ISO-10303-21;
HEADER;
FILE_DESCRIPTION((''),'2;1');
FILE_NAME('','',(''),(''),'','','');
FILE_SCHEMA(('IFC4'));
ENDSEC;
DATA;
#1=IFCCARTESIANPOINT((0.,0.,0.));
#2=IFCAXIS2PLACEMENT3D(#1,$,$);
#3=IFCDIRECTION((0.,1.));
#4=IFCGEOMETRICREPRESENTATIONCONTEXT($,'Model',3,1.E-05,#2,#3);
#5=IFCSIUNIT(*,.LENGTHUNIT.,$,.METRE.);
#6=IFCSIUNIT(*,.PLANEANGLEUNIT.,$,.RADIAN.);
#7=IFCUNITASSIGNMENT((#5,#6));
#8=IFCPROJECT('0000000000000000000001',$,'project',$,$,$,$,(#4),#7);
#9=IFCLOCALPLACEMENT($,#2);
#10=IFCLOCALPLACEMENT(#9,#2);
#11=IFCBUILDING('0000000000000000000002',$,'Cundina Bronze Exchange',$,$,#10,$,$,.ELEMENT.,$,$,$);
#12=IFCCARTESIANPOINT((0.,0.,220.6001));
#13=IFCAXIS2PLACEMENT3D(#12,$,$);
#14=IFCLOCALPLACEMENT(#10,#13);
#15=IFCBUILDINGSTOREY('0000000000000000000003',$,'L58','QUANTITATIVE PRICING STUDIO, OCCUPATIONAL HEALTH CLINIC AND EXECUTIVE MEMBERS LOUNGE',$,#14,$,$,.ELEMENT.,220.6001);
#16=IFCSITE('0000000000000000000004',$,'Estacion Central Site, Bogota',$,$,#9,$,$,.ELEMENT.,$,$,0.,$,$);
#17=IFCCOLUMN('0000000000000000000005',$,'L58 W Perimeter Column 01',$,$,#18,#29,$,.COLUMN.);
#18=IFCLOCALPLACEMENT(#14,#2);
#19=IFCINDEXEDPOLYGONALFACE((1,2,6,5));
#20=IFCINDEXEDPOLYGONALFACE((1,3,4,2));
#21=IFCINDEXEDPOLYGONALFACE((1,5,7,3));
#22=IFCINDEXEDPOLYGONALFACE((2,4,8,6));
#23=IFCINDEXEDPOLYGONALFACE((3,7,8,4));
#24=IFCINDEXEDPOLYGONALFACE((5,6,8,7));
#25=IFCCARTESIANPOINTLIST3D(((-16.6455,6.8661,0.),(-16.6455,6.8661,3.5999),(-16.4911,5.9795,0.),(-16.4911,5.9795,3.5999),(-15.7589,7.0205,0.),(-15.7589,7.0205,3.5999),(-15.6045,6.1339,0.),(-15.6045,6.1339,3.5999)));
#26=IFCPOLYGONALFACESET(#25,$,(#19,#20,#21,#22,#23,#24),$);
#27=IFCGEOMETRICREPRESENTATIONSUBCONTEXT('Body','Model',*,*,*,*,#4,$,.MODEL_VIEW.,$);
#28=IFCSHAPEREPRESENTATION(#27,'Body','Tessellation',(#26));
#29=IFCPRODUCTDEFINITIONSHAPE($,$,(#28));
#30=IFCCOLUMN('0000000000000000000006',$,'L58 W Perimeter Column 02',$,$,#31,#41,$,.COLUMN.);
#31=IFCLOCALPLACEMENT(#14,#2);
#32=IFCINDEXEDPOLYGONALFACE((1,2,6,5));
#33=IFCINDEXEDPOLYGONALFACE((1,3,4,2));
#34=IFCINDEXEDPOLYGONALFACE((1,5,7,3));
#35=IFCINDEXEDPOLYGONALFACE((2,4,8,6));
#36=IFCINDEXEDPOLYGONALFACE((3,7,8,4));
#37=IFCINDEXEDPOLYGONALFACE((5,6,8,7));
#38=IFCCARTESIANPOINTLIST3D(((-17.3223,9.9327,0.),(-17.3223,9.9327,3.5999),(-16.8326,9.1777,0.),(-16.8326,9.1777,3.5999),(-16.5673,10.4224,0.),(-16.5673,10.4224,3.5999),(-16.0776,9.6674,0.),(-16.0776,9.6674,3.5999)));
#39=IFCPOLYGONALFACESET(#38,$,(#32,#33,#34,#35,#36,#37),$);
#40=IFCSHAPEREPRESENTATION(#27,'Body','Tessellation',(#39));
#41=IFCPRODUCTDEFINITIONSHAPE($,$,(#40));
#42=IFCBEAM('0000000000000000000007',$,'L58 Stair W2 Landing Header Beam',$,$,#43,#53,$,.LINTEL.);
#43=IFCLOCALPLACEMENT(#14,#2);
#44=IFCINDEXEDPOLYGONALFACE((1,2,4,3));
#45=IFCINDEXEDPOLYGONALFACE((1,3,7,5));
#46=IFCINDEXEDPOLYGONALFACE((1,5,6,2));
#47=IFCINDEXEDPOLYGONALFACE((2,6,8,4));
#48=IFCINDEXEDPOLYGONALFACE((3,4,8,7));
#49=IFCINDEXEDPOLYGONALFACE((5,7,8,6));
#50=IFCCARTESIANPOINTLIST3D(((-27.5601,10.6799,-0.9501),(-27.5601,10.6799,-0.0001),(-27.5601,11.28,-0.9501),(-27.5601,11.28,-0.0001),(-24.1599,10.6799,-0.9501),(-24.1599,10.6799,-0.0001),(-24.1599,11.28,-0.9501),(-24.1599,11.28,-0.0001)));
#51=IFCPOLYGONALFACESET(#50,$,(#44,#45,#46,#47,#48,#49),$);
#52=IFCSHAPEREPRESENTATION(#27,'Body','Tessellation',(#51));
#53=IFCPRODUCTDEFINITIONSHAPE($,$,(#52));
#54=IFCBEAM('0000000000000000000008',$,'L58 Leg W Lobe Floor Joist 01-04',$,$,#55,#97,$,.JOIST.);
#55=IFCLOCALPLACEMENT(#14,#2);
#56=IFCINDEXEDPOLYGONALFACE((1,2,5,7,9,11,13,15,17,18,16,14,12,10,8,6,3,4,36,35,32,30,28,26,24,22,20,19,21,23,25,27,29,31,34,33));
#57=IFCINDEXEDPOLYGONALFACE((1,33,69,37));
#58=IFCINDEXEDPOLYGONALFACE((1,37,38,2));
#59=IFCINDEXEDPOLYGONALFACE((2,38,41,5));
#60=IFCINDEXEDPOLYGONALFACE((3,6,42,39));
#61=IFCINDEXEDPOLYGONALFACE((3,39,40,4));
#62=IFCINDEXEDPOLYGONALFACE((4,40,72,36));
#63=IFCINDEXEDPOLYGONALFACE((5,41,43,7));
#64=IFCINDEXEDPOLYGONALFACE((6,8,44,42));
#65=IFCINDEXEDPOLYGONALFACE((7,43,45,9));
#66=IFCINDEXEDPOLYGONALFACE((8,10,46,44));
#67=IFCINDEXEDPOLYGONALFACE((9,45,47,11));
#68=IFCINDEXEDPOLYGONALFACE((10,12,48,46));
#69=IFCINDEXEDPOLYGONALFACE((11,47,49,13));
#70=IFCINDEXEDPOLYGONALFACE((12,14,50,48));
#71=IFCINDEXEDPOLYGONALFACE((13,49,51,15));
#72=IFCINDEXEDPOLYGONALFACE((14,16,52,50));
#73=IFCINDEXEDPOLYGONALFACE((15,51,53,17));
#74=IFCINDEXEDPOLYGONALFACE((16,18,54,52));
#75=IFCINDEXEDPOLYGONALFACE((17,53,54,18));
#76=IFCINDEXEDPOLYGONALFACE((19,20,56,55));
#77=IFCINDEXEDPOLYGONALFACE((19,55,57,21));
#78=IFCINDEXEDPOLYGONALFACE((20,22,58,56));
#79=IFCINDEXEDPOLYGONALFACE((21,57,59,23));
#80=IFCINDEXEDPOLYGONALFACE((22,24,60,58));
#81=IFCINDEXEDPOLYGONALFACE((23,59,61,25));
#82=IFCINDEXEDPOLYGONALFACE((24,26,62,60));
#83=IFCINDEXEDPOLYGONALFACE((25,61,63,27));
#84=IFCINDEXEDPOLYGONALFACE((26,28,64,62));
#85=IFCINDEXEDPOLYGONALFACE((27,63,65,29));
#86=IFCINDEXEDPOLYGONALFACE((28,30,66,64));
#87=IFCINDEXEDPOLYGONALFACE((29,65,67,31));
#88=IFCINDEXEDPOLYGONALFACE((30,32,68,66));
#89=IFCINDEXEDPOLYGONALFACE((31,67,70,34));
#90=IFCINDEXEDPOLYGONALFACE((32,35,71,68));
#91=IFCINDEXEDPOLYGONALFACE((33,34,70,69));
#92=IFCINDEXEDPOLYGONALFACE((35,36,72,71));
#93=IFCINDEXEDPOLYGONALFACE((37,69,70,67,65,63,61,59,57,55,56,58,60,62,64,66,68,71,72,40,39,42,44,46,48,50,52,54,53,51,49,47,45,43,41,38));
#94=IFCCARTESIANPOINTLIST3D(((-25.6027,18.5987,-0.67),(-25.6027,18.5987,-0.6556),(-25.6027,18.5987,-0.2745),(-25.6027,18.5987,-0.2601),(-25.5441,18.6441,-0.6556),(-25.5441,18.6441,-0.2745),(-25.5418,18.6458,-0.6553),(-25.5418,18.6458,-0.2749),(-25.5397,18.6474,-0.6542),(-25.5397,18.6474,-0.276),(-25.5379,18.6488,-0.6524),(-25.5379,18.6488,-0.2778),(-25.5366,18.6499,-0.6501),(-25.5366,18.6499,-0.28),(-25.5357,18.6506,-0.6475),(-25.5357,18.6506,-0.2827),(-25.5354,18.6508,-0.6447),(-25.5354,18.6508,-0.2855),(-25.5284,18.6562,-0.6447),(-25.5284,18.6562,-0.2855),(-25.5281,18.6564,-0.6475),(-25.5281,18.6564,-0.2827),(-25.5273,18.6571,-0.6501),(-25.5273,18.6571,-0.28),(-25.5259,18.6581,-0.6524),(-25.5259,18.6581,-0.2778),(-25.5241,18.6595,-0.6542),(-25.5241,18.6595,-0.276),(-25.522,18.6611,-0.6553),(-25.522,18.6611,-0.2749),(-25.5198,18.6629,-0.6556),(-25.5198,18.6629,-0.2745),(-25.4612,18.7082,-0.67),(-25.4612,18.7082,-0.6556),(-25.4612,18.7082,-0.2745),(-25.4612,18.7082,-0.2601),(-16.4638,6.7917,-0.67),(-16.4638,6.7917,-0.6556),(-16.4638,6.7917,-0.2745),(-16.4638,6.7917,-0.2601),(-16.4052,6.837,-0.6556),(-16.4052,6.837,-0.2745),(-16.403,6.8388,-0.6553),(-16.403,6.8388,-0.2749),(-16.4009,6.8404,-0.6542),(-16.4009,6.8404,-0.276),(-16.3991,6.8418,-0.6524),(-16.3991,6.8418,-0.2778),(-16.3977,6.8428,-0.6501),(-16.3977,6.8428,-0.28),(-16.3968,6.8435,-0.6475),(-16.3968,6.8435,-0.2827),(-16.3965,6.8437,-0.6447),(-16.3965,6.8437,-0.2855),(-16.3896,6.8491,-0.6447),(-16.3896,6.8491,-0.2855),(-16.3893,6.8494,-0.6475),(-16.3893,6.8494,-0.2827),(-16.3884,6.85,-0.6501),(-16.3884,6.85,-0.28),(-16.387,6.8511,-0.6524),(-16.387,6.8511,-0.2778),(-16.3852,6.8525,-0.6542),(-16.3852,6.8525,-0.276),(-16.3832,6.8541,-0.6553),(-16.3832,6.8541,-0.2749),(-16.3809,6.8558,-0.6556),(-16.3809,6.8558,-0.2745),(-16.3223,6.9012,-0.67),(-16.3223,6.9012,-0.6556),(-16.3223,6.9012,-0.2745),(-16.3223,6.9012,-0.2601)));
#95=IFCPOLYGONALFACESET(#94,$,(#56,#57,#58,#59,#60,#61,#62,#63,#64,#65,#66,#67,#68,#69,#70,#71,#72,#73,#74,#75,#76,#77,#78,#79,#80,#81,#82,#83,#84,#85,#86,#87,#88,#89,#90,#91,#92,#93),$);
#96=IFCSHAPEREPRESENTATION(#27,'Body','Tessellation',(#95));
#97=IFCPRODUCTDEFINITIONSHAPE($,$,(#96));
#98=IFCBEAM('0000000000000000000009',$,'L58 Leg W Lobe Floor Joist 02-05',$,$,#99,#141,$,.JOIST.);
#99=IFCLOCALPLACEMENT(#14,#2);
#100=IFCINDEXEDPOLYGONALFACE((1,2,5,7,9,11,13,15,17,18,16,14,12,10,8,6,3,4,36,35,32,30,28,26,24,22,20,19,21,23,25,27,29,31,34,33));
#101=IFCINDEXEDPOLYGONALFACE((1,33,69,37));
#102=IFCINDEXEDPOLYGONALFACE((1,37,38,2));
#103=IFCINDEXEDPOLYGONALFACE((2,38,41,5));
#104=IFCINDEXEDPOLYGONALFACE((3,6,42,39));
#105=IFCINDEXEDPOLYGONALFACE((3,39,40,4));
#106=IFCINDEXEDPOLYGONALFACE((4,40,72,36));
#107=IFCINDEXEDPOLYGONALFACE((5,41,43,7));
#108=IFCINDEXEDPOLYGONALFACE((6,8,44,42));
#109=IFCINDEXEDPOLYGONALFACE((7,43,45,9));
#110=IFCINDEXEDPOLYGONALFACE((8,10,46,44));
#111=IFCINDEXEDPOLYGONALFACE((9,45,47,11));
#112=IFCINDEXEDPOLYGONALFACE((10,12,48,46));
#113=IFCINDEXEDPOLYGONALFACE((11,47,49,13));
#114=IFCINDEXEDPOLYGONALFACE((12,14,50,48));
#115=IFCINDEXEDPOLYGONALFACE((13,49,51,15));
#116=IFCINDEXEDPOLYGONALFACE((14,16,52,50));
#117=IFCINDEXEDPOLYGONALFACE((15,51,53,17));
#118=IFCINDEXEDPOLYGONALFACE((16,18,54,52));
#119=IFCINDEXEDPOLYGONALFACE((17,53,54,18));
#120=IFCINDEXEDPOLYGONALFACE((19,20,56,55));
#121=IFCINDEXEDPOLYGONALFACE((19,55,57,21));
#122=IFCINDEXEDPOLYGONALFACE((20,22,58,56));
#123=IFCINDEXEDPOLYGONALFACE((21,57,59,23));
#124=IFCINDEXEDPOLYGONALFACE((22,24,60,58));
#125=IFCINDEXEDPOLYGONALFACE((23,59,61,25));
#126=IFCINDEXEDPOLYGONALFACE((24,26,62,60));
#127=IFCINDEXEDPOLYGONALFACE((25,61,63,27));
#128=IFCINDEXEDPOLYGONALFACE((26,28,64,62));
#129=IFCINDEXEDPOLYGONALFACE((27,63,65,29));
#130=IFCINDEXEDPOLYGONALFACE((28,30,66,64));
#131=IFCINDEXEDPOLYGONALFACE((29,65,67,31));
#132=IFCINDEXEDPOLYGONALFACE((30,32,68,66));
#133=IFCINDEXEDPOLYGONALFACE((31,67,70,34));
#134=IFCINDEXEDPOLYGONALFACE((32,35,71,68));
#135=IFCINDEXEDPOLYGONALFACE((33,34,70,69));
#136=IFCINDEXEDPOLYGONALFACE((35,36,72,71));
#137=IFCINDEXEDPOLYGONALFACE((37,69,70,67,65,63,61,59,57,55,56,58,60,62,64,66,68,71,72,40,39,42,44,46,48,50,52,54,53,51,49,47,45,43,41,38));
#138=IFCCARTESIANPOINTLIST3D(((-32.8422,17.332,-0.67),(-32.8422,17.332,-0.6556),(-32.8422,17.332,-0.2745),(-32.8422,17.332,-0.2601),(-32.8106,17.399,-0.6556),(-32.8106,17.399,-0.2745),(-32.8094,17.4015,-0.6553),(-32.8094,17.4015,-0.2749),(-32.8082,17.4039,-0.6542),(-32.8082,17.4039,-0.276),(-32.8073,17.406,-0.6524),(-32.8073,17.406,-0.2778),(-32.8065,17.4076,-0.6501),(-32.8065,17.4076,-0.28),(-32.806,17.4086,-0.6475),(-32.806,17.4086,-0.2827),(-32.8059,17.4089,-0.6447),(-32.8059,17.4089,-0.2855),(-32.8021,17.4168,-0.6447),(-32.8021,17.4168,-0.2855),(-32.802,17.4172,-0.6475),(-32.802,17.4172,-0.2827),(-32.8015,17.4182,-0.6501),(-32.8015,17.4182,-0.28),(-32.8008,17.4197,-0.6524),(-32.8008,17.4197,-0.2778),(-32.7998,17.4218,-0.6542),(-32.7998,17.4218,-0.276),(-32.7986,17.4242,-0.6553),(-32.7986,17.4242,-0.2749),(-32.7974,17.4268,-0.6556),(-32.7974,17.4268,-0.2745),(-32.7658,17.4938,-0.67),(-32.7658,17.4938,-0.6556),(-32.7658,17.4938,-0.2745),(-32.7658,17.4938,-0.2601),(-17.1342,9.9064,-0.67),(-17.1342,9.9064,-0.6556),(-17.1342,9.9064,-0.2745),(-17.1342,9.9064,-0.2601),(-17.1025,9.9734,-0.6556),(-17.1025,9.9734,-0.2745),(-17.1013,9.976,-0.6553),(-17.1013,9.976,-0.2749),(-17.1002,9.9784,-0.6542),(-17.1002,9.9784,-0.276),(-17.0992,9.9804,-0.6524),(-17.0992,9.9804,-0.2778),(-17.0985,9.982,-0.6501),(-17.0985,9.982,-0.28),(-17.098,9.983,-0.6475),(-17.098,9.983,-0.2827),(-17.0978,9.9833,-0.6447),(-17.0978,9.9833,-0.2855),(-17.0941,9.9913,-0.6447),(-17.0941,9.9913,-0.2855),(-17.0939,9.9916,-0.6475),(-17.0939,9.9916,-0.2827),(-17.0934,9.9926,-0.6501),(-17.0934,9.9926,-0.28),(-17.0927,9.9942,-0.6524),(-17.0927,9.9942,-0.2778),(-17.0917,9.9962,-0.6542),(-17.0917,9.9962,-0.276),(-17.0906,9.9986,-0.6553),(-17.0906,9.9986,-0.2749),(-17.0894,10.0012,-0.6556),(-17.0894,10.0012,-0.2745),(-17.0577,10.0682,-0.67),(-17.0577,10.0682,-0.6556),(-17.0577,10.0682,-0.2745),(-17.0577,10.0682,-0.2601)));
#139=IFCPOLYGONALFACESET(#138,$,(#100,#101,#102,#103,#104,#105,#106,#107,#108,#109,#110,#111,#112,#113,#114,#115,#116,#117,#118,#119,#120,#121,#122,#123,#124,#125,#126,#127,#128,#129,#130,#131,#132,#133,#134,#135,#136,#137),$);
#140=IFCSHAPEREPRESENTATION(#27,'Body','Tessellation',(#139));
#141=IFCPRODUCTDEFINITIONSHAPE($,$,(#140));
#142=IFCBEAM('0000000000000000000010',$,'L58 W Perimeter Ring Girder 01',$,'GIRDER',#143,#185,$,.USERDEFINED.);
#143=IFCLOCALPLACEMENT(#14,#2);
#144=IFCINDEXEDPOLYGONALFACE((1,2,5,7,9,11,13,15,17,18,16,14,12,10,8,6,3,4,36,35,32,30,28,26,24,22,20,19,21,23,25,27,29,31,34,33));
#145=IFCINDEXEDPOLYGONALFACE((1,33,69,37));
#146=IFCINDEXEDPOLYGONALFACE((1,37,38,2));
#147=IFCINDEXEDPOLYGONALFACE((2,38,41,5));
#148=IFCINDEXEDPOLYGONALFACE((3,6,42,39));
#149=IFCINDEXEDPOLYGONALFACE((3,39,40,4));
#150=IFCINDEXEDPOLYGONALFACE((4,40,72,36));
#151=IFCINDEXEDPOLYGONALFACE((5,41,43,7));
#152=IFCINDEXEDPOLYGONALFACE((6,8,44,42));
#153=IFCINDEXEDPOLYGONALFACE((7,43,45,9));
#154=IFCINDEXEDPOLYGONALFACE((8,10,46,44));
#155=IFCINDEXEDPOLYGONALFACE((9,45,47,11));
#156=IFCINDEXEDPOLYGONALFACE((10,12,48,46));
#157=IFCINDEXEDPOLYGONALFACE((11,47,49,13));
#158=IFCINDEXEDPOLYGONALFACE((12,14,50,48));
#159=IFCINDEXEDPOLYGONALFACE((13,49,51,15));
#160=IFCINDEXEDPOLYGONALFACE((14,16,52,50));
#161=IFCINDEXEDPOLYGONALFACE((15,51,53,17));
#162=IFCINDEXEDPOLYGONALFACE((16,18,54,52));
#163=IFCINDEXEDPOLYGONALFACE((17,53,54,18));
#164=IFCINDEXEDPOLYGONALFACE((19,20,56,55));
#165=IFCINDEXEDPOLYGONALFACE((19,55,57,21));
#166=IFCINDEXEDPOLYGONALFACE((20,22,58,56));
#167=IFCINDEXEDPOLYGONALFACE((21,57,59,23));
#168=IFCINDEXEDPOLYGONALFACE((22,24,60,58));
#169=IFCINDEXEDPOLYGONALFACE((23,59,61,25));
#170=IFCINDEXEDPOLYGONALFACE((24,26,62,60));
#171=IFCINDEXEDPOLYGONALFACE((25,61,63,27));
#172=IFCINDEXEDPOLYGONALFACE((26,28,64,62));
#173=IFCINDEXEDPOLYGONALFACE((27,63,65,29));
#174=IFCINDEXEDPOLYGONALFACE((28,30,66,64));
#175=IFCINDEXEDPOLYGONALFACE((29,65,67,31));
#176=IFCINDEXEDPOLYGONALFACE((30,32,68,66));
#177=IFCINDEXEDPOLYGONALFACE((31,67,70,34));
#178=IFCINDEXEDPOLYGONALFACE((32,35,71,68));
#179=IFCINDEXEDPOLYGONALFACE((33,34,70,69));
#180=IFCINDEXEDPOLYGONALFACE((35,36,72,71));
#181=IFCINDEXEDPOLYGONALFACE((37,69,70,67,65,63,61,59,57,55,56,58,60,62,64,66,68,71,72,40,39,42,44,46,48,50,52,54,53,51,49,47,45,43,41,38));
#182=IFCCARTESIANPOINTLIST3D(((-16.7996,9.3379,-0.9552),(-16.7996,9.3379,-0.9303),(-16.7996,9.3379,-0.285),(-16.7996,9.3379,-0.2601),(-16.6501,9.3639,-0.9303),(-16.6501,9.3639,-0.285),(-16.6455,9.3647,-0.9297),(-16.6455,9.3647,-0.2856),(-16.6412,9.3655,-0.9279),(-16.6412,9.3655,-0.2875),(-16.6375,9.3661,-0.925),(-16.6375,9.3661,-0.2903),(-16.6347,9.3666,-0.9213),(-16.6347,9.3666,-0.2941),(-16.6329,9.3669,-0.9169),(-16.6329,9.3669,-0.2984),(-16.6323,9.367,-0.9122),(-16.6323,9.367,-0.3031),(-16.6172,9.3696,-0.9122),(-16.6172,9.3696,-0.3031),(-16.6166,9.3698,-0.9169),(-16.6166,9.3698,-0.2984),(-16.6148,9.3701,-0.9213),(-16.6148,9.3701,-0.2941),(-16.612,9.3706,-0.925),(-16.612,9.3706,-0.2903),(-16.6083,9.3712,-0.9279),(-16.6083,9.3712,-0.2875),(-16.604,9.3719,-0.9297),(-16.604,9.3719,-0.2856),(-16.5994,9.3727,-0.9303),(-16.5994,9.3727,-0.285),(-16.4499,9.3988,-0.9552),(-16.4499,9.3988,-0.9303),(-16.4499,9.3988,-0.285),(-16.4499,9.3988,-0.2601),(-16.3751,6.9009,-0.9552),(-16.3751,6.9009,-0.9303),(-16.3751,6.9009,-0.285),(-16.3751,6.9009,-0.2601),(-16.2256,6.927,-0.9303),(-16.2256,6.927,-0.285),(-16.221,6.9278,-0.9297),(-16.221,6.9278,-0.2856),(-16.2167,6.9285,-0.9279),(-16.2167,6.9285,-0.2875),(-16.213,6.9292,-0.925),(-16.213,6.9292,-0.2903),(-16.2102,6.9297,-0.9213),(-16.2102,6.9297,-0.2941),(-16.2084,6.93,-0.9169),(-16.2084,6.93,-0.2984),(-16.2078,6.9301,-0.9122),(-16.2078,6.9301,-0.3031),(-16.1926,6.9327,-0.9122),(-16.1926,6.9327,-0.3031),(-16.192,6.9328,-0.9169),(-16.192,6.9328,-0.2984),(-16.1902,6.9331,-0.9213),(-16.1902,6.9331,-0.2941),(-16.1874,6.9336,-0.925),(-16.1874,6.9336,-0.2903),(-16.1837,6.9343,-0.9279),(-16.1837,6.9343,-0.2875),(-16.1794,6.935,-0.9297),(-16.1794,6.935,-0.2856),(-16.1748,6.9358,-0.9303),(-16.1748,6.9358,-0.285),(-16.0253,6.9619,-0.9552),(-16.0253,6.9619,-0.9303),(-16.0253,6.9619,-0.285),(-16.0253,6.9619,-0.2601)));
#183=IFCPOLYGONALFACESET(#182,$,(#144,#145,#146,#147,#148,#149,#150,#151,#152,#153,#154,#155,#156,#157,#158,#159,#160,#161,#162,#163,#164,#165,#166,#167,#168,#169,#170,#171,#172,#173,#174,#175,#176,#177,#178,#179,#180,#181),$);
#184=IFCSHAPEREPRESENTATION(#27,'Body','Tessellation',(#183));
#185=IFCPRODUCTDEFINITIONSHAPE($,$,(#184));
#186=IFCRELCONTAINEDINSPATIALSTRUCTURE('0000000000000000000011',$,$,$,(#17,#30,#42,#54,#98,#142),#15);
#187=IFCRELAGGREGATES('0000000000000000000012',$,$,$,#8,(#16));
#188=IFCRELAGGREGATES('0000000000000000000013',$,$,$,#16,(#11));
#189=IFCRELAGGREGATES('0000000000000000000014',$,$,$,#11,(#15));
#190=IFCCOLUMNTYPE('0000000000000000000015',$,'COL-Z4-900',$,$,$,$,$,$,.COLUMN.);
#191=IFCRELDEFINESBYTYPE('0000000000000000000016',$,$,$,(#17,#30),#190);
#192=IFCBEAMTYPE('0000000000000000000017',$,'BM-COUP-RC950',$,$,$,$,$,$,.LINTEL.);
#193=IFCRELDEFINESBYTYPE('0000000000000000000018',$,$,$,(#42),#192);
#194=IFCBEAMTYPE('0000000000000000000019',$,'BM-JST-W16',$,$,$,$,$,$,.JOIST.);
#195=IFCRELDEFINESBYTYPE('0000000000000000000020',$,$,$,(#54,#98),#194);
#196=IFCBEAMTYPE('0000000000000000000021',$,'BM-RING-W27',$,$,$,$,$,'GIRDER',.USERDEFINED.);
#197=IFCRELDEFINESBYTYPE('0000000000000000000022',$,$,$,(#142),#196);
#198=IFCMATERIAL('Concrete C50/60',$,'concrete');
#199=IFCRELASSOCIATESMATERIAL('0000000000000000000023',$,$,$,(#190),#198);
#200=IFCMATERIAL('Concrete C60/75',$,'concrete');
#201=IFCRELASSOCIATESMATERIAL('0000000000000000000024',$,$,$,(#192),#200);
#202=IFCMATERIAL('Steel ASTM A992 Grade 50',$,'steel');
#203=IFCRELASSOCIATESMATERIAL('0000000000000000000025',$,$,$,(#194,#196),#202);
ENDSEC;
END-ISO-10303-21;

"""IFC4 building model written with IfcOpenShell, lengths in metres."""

from ifc_helpers import new_model, si_unit, direction, frame, origin, origin_2d, place, context, subcontext, project, spatial, rectangle, i_section, extrude, material, material_profile, profile_set, type_object, element, save


model = new_model("IFC4")

# Units and contexts
model_context = context("Model", 3, precision=1e-05, world=origin(), true_north=direction((0.0, 1.0)))
body_context = subcontext(model_context, "Body", "Model", "MODEL_VIEW")
ifc_project = project(units=[si_unit("LENGTHUNIT", "METRE"), si_unit("PLANEANGLEUNIT", "RADIAN")], contexts=[model_context])

# Site, building, storey
site_placement = place(None, origin())
site = spatial("IfcSite", under=ifc_project, at=site_placement, Name="Estacion Central Site, Bogota", CompositionType="ELEMENT", RefElevation=0.0)
building_placement = place(site_placement, origin())
building = spatial("IfcBuilding", under=site, at=building_placement, Name="Cundina Bronze Exchange", CompositionType="ELEMENT")
storey_placement = place(building_placement, frame((0.0, 0.0, 220.6001)))
storey = spatial("IfcBuildingStorey", under=building, at=storey_placement, Name="L58", Description="QUANTITATIVE PRICING STUDIO, OCCUPATIONAL HEALTH CLINIC AND EXECUTIVE MEMBERS LOUNGE", CompositionType="ELEMENT", Elevation=220.6001)

# Columns
ifc_material_1 = material(Name="Concrete C50/60", Category="concrete")
ifc_material_profile_1 = material_profile(ifc_material_1, rectangle(XDim=0.8999, YDim=0.8999, at=origin_2d()), Name="RC900X900", Category="concrete")
ifc_profile_set_1 = profile_set([ifc_material_profile_1], Name="Concrete C50/60")
column_type = type_object("IfcColumnType", Name="COL-Z4-900", PredefinedType="COLUMN", material=ifc_profile_set_1)
for number, where, z_axis, x_axis, name in (
    (1, (-16.125, 6.5, 0.0), (0.0, 0.0, 1.0), (-0.171585, 0.985169, 0.0), "L58 W Perimeter Column 01"),
    (2, (-16.7, 9.8, 0.0), (0.0, 0.0, 1.0), (-0.5442, 0.838956, 0.0), "L58 W Perimeter Column 02"),
):
    element("IfcColumn", number, at=place(storey_placement, frame(where, z_axis=z_axis, x_axis=x_axis)), inside=storey, type_object=column_type, Name=name, PredefinedType="COLUMN", context=body_context, shape_type="SweptSolid", body=[
        extrude(rectangle(XDim=0.8999, YDim=0.8999, at=origin_2d()), origin(), (0.0, 0.0, 1.0), 3.5999),
    ])

# Beams
ifc_material_2 = material(Name="Concrete C60/75", Category="concrete")
ifc_material_profile_2 = material_profile(ifc_material_2, rectangle(XDim=0.6001, YDim=0.95, at=origin_2d()), Name="RC600X950", Category="concrete")
ifc_profile_set_2 = profile_set([ifc_material_profile_2], Name="Concrete C60/75")
beam_type_1 = type_object("IfcBeamType", Name="BM-COUP-RC950", PredefinedType="LINTEL", material=ifc_profile_set_2)
beam_1_placement = place(storey_placement, frame((-27.5601, 10.98, -0.4751), z_axis=(1.0, 0.0, 0.0), x_axis=(0.0, 1.0, 0.0)))
element("IfcBeam", 3, at=beam_1_placement, inside=storey, type_object=beam_type_1, Name="L58 Stair W2 Landing Header Beam", PredefinedType="LINTEL", context=body_context, shape_type="SweptSolid", body=[
    extrude(rectangle(XDim=0.6001, YDim=0.95, at=origin_2d()), origin(), (0.0, 0.0, 1.0), 3.4001),
])
ifc_material_3 = material(Name="Steel ASTM A992 Grade 50", Category="steel")
ifc_material_profile_3 = material_profile(ifc_material_3, i_section(OverallWidth=0.179, OverallDepth=0.4099, WebThickness=0.0088, FlangeThickness=0.0144, FilletRadius=0.011, at=origin_2d()), Name="W16X45", Category="steel")
ifc_profile_set_3 = profile_set([ifc_material_profile_3], Name="Steel ASTM A992 Grade 50")
beam_type_2 = type_object("IfcBeamType", Name="BM-JST-W16", PredefinedType="JOIST", material=ifc_profile_set_3)
beam_2_placement = place(storey_placement, frame((-16.3931, 6.8464, -0.4651), z_axis=(-0.612086, 0.790791, 0.0), x_axis=(-0.790791, -0.612086, 0.0)))
element("IfcBeam", 4, at=beam_2_placement, inside=storey, type_object=beam_type_2, Name="L58 Leg W Lobe Floor Joist 01-04", PredefinedType="JOIST", context=body_context, shape_type="SweptSolid", body=[
    extrude(i_section(OverallWidth=0.179, OverallDepth=0.4099, WebThickness=0.0088, FlangeThickness=0.0144, FilletRadius=0.011, at=origin_2d()), origin(), (0.0, 0.0, 1.0), 14.9307),
])
beam_3_placement = place(storey_placement, frame((-17.0959, 9.9873, -0.4651), z_axis=(-0.904074, 0.427376, 0.0), x_axis=(-0.427376, -0.904074, 0.0)))
element("IfcBeam", 5, at=beam_3_placement, inside=storey, type_object=beam_type_2, Name="L58 Leg W Lobe Floor Joist 02-05", PredefinedType="JOIST", context=body_context, shape_type="SweptSolid", body=[
    extrude(i_section(OverallWidth=0.179, OverallDepth=0.4099, WebThickness=0.0088, FlangeThickness=0.0144, FilletRadius=0.011, at=origin_2d()), origin(), (0.0, 0.0, 1.0), 17.3748),
])
ifc_material_profile_4 = material_profile(ifc_material_3, i_section(OverallWidth=0.355, OverallDepth=0.6951, WebThickness=0.0154, FlangeThickness=0.0249, FilletRadius=0.0181, at=origin_2d()), Name="W27X146", Category="steel")
ifc_profile_set_4 = profile_set([ifc_material_profile_4], Name="Steel ASTM A992 Grade 50")
beam_type_3 = type_object("IfcBeamType", Name="BM-RING-W27", ElementType="GIRDER", PredefinedType="USERDEFINED", material=ifc_profile_set_4)
beam_4_placement = place(storey_placement, frame((-16.2002, 6.9314, -0.6077), z_axis=(-0.171629, 0.985162, 0.0), x_axis=(-0.985162, -0.171629, 0.0)))
element("IfcBeam", 6, at=beam_4_placement, inside=storey, type_object=beam_type_3, Name="L58 W Perimeter Ring Girder 01", ObjectType="GIRDER", PredefinedType="USERDEFINED", context=body_context, shape_type="SweptSolid", body=[
    extrude(i_section(OverallWidth=0.355, OverallDepth=0.6951, WebThickness=0.0154, FlangeThickness=0.0249, FilletRadius=0.0181, at=origin_2d()), origin(), (0.0, 0.0, 1.0), 2.4736),
])

save(model, "model.ifc")
